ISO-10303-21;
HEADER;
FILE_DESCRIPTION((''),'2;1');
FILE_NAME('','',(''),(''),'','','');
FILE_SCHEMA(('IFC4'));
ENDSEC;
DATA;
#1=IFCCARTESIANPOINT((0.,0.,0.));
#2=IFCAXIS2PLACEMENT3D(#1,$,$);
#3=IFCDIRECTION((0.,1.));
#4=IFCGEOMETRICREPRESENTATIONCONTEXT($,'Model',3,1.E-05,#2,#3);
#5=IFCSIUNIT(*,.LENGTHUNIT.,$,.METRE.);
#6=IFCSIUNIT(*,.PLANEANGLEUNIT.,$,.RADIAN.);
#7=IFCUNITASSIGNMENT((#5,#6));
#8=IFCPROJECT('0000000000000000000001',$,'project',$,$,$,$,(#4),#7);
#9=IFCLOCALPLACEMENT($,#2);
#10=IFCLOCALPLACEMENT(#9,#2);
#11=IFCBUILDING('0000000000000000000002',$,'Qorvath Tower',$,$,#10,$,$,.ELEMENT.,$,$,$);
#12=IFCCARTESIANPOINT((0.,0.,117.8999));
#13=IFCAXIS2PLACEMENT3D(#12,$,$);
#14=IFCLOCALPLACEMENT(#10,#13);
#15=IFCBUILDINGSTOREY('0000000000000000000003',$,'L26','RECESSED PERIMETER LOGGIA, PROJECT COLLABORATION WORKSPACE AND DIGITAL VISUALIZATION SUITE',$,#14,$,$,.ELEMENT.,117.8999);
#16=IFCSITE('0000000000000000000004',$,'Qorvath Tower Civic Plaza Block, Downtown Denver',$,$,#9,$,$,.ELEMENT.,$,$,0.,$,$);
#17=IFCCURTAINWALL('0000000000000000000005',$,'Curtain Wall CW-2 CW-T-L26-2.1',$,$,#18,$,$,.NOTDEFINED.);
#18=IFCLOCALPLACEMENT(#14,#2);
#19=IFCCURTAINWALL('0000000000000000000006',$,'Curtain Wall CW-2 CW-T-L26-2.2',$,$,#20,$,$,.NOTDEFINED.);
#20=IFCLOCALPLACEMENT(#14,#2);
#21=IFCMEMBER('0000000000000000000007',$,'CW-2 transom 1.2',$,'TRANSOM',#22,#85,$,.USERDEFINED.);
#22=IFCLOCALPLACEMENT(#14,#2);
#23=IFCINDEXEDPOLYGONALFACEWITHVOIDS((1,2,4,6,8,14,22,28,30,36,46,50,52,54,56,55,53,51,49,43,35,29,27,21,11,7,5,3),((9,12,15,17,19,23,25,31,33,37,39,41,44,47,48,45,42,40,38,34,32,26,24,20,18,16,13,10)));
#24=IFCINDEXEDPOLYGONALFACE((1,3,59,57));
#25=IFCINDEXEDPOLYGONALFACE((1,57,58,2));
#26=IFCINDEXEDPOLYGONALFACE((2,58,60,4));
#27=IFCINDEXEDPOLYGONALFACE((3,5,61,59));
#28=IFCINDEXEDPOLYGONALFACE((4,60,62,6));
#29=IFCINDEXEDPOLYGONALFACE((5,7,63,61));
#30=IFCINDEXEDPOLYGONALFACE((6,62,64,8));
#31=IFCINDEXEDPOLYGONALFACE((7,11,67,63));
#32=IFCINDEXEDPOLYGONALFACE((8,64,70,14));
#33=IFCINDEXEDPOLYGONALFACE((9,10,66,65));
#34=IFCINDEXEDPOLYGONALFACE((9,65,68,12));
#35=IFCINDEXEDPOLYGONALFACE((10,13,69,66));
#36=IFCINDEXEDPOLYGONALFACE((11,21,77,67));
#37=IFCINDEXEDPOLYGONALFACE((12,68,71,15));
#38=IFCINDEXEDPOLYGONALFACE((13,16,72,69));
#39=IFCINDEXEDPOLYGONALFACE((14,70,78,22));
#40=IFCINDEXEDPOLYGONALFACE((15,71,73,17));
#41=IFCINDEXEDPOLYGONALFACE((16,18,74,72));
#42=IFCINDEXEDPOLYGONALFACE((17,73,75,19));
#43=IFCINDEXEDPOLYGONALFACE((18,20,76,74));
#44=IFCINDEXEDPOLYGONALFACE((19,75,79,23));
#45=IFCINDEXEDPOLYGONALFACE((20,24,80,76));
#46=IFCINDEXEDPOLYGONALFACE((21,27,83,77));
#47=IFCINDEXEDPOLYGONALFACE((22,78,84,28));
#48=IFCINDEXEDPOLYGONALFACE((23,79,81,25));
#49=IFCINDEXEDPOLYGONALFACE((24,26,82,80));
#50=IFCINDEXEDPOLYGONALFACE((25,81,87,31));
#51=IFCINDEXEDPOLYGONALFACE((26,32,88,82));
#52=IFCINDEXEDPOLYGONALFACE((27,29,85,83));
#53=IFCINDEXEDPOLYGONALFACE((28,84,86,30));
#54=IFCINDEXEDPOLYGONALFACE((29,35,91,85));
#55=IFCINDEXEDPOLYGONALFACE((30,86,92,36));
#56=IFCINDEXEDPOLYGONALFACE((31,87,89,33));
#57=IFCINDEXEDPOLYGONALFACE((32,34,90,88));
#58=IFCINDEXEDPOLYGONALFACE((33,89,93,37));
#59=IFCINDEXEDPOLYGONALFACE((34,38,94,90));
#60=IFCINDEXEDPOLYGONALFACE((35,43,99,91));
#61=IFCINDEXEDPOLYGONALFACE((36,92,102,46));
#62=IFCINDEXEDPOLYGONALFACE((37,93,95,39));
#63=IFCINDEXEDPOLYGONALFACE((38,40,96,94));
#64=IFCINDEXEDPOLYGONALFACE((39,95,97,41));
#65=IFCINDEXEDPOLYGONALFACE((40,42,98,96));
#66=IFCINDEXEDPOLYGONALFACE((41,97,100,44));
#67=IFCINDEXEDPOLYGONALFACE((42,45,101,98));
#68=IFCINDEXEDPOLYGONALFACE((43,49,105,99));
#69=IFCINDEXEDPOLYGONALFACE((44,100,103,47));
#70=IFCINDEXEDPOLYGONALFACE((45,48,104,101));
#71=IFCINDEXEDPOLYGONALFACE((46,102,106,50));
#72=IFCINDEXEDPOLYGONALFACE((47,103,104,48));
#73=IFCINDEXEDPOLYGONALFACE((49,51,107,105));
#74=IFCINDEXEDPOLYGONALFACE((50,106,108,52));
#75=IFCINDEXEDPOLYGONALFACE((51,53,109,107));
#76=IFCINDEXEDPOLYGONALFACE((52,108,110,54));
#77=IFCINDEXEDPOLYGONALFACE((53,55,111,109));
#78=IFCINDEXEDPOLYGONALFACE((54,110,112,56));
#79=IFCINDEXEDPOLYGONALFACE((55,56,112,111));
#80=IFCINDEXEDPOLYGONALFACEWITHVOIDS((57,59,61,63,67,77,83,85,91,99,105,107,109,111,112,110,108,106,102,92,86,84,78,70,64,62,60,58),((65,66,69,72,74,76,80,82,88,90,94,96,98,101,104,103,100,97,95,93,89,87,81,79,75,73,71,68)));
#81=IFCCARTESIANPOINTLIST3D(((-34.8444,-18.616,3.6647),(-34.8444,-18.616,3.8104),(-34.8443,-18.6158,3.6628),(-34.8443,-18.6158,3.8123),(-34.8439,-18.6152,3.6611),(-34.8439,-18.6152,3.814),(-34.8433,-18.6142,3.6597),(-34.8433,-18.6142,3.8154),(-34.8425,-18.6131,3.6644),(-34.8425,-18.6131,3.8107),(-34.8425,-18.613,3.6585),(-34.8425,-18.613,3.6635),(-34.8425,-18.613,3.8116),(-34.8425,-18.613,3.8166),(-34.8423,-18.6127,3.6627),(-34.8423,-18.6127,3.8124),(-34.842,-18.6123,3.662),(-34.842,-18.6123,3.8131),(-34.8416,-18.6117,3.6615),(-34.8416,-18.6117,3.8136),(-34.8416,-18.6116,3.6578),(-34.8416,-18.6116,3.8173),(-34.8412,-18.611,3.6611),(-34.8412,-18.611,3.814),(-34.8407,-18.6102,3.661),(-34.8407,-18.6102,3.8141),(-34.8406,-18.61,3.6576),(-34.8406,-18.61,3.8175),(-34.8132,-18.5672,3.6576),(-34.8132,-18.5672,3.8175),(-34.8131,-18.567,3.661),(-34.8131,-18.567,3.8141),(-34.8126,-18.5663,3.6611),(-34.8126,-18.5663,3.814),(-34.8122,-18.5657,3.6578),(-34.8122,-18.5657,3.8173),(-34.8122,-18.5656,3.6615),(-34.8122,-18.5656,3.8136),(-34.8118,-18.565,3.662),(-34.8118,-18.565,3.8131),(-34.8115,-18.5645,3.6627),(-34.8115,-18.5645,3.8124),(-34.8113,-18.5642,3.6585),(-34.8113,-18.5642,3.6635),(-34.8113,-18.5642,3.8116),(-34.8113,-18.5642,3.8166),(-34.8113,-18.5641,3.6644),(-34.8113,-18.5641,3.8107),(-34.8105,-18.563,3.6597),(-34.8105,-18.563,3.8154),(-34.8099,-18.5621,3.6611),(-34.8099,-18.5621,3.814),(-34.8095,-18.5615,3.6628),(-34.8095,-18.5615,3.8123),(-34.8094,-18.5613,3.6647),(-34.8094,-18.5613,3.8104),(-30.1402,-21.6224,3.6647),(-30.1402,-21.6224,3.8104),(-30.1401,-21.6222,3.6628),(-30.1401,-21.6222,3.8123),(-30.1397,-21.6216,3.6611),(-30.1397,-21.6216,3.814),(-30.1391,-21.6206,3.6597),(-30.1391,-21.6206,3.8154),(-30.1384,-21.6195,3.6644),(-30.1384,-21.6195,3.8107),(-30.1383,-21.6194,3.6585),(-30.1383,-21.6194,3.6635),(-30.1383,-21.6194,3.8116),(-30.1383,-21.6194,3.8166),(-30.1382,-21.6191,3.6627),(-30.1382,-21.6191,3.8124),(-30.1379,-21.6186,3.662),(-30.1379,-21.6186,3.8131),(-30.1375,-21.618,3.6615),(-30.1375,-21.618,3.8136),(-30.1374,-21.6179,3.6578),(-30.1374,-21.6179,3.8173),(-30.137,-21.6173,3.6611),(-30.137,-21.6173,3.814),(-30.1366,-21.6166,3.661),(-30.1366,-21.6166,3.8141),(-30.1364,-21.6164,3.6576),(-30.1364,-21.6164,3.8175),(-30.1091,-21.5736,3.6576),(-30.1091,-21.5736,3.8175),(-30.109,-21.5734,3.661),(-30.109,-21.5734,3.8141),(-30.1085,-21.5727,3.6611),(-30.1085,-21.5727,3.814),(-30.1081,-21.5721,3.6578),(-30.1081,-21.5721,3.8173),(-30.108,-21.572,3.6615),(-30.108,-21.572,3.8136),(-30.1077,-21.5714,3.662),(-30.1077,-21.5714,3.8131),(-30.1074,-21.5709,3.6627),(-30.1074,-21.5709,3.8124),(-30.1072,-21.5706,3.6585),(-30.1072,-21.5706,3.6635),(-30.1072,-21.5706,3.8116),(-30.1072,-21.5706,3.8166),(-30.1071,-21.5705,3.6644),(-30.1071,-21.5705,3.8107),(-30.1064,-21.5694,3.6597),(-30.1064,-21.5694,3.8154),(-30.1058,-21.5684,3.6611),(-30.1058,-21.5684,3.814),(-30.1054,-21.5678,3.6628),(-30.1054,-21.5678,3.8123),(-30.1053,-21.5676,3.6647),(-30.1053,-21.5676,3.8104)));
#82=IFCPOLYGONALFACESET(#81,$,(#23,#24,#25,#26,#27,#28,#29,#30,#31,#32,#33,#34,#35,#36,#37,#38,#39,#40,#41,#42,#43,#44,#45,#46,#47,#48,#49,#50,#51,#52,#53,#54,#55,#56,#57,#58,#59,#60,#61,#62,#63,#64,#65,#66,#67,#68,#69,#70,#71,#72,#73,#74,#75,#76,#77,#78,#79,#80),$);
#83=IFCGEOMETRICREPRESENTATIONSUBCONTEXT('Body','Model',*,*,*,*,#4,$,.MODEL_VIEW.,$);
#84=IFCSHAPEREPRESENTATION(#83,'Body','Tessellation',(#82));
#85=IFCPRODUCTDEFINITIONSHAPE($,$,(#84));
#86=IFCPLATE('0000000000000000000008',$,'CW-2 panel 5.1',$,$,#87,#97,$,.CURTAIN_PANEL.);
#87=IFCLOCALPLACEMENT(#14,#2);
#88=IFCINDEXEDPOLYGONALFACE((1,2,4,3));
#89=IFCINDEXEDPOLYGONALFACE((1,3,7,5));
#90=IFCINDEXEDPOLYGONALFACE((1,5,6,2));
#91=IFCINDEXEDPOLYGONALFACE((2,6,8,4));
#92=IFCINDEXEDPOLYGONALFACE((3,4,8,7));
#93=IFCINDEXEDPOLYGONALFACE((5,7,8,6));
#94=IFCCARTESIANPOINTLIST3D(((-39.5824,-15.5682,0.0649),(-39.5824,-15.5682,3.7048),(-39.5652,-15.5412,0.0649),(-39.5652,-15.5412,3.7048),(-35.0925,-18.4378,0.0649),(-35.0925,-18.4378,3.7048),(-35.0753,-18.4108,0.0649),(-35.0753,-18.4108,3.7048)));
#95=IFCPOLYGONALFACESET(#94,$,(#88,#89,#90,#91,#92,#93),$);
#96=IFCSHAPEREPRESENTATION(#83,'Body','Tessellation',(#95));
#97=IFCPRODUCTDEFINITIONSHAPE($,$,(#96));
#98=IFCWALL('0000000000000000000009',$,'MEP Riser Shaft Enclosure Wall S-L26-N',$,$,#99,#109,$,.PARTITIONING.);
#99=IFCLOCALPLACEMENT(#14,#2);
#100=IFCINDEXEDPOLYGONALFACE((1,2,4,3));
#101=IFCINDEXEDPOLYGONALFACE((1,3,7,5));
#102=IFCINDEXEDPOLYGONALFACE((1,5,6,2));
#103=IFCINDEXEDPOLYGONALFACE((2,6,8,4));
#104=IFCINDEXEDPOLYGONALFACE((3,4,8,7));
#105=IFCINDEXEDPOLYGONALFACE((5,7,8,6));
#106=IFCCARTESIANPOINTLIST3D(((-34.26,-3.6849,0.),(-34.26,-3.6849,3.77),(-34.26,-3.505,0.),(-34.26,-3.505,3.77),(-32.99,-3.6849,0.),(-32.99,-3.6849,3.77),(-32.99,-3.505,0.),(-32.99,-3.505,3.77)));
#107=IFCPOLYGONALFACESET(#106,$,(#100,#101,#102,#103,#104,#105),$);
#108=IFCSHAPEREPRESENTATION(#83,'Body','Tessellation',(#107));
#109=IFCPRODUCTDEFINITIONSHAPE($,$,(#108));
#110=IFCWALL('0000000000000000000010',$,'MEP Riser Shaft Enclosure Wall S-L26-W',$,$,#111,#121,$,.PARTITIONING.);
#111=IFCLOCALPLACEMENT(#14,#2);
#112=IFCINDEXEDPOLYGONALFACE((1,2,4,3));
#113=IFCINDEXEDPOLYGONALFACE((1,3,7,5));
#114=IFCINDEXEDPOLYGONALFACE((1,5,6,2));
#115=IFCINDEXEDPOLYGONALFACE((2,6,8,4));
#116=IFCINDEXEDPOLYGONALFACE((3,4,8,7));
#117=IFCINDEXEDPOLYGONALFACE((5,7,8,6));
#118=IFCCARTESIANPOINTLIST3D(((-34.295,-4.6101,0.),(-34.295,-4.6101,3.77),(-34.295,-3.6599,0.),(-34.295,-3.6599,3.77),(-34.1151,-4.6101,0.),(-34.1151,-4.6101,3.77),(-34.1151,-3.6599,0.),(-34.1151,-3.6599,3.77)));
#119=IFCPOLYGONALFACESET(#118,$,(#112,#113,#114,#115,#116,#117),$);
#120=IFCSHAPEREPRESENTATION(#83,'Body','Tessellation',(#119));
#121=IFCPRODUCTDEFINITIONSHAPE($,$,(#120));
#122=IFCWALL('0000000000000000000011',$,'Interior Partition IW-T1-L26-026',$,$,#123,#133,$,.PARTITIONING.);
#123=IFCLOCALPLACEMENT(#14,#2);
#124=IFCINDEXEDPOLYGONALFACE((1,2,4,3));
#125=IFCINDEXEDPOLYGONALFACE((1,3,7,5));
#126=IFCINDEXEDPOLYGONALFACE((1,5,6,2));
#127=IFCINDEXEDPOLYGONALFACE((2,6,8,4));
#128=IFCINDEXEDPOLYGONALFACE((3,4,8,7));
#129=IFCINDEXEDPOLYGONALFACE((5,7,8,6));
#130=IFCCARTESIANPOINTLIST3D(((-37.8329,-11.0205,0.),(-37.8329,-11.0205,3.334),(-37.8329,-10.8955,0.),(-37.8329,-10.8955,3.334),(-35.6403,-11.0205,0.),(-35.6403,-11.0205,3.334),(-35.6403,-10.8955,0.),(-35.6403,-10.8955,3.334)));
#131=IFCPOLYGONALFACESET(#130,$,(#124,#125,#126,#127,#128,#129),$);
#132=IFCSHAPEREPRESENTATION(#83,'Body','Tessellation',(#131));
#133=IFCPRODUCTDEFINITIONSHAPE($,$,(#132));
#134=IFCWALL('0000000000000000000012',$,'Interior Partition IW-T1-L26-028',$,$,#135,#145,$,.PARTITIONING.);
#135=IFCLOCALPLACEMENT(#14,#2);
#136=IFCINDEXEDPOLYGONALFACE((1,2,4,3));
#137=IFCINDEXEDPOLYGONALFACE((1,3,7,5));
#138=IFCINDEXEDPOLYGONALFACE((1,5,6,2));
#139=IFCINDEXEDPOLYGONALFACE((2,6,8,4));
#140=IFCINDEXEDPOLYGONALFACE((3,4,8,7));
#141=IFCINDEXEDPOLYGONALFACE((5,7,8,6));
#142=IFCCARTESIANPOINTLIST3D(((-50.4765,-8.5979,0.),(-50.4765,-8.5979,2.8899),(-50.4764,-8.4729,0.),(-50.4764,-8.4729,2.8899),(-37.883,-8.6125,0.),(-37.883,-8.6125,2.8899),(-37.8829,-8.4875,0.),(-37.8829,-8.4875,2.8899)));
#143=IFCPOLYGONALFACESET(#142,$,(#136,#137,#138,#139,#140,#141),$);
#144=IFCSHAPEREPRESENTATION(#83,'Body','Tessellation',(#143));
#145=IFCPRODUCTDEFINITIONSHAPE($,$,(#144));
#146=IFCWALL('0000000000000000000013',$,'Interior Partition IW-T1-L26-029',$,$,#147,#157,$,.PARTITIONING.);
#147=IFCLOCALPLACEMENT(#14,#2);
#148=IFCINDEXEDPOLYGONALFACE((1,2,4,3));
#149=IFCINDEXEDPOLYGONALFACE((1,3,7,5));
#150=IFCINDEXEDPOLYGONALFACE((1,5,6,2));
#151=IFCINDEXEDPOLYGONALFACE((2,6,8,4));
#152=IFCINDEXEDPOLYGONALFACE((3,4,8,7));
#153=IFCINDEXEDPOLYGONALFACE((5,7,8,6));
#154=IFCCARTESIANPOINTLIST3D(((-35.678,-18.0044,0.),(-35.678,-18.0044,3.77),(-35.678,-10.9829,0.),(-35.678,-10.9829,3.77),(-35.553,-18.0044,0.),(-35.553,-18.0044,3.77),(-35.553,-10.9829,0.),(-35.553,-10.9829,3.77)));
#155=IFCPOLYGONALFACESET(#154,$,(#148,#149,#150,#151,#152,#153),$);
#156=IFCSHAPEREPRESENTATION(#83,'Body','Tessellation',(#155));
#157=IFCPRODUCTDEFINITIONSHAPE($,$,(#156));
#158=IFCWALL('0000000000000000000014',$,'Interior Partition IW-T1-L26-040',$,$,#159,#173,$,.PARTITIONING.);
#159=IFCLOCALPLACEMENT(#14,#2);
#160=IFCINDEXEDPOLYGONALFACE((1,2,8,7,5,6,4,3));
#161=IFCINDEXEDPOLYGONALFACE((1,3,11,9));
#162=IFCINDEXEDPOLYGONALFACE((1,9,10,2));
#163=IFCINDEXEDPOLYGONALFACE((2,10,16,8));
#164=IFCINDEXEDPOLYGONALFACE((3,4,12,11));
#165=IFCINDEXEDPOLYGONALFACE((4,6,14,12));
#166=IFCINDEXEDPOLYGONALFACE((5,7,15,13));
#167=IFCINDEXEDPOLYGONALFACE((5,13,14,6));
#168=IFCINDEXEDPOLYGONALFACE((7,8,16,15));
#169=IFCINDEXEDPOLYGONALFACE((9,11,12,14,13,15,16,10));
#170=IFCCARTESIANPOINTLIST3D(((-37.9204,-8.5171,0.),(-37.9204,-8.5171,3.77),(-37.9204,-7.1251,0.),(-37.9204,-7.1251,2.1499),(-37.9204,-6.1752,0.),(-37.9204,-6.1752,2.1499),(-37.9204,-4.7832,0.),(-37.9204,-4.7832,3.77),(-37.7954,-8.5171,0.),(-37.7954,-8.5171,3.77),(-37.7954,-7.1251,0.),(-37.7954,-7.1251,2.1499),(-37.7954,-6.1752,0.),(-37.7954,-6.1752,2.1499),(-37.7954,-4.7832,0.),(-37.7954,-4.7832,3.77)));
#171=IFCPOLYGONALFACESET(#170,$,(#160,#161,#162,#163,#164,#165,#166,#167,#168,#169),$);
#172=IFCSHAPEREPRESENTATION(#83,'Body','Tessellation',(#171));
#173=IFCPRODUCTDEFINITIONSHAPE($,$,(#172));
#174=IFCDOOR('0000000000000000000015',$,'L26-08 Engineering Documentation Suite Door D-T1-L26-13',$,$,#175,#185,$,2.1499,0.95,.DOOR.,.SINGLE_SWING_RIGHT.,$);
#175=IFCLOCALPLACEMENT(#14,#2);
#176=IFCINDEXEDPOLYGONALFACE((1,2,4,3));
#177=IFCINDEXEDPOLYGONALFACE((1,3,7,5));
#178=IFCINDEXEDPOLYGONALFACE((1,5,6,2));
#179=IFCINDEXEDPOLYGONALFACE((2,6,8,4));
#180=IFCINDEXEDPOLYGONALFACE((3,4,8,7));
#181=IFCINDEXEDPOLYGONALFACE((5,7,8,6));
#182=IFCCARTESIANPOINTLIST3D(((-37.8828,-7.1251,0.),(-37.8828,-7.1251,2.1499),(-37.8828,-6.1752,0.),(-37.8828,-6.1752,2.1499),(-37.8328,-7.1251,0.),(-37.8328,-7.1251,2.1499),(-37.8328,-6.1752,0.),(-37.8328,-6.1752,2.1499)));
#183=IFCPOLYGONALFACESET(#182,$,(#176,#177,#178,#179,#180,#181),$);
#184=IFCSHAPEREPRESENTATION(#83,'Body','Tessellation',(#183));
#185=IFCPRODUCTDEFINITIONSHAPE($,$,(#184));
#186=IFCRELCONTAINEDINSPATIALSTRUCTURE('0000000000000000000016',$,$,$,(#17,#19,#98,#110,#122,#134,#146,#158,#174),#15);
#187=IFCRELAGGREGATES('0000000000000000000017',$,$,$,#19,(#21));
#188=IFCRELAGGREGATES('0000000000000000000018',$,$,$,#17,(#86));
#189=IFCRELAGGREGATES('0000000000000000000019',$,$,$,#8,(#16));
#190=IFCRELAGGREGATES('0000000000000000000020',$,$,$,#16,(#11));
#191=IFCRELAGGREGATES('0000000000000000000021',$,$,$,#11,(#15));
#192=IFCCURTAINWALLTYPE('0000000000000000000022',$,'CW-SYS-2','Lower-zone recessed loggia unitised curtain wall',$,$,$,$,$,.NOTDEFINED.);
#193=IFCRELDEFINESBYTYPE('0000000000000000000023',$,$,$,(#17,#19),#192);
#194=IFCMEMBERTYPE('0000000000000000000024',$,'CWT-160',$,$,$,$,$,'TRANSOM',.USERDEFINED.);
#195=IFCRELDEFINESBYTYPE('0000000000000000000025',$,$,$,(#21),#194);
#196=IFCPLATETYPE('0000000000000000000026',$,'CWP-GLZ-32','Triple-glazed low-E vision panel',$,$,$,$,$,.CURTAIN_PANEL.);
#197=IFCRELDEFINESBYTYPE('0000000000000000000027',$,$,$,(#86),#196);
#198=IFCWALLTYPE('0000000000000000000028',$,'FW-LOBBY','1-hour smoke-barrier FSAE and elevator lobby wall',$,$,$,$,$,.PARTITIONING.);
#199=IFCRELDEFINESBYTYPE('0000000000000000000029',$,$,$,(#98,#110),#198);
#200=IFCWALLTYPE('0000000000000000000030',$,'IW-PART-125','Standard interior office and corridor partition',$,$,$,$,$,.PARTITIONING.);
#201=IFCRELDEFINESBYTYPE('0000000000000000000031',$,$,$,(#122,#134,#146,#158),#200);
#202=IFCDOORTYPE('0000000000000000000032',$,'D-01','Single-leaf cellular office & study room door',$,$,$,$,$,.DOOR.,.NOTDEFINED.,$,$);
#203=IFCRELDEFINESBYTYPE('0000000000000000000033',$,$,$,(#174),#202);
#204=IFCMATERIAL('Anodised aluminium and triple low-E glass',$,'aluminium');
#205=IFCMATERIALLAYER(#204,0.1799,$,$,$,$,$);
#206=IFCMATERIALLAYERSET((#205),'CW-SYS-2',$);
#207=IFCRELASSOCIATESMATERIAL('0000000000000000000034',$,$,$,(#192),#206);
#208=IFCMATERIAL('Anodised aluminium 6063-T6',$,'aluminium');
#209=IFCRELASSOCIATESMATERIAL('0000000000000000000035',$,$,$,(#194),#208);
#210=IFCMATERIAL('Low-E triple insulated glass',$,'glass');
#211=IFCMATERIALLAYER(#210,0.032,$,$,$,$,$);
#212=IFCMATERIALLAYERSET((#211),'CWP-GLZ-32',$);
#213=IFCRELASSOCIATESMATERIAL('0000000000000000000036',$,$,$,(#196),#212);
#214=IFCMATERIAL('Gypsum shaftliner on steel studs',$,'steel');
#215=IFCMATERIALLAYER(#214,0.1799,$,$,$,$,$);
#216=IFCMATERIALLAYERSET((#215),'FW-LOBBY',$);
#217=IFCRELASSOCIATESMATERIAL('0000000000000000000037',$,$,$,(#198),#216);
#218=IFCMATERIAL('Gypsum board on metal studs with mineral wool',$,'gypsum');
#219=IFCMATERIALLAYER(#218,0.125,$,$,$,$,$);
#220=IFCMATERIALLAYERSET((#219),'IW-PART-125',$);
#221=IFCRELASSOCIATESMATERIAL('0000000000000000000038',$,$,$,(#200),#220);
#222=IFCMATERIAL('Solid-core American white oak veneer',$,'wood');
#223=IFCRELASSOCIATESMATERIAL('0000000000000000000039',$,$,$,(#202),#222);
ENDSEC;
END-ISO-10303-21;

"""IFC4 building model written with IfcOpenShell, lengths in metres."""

from ifc_helpers import new_model, si_unit, direction, frame, frame_2d, origin, origin_2d, place, context, subcontext, project, spatial, rectangle, hollow_rectangle, extrude, material, layer, layer_set, material_profile, profile_set, type_object, element, fill, aggregate, save


model = new_model("IFC4")

# Units and contexts
model_context = context("Model", 3, precision=1e-05, world=origin(), true_north=direction((0.0, 1.0)))
body_context = subcontext(model_context, "Body", "Model", "MODEL_VIEW")
ifc_project = project(units=[si_unit("LENGTHUNIT", "METRE"), si_unit("PLANEANGLEUNIT", "RADIAN")], contexts=[model_context])

# Site, building, storey
site_placement = place(None, origin())
site = spatial("IfcSite", under=ifc_project, at=site_placement, Name="Qorvath Tower Civic Plaza Block, Downtown Denver", CompositionType="ELEMENT", RefElevation=0.0)
building_placement = place(site_placement, origin())
building = spatial("IfcBuilding", under=site, at=building_placement, Name="Qorvath Tower", CompositionType="ELEMENT")
storey_placement = place(building_placement, frame((0.0, 0.0, 117.8999)))
storey = spatial("IfcBuildingStorey", under=building, at=storey_placement, Name="L26", Description="RECESSED PERIMETER LOGGIA, PROJECT COLLABORATION WORKSPACE AND DIGITAL VISUALIZATION SUITE", CompositionType="ELEMENT", Elevation=117.8999)

# Curtain wall
ifc_material_1 = material(Name="Anodised aluminium and triple low-E glass", Category="aluminium")
ifc_layer_1 = layer(ifc_material_1, 0.1799)
ifc_layer_set_1 = layer_set([ifc_layer_1], Name="CW-SYS-2")
curtain_wall_type = type_object("IfcCurtainWallType", Name="CW-SYS-2", Description="Lower-zone recessed loggia unitised curtain wall", PredefinedType="NOTDEFINED", material=ifc_layer_set_1)
curtain_wall_1_placement = place(storey_placement, origin())
curtain_wall_1 = element("IfcCurtainWall", 1, at=curtain_wall_1_placement, inside=storey, type_object=curtain_wall_type, Name="Curtain Wall CW-2 CW-T-L26-2.1", PredefinedType="NOTDEFINED")

# Curtain wall
curtain_wall_2_placement = place(storey_placement, origin())
curtain_wall_2 = element("IfcCurtainWall", 2, at=curtain_wall_2_placement, inside=storey, type_object=curtain_wall_type, Name="Curtain Wall CW-2 CW-T-L26-2.2", PredefinedType="NOTDEFINED")

# Member
ifc_material_2 = material(Name="Anodised aluminium 6063-T6", Category="aluminium")
ifc_material_profile_1 = material_profile(ifc_material_2, hollow_rectangle(XDim=0.0649, YDim=0.1599, WallThickness=0.0034, InnerFilletRadius=0.0034, OuterFilletRadius=0.0071, at=origin_2d()), Name="CWT 160x65")
ifc_profile_set_1 = profile_set([ifc_material_profile_1], Name="Anodised aluminium 6063-T6")
member_type_1 = type_object("IfcMemberType", Name="CWT-160", ElementType="TRANSOM", PredefinedType="USERDEFINED", material=ifc_profile_set_1)
member_1_placement = place(storey_placement, frame((-34.8269, -18.5886, 3.7375), z_axis=(0.842619, -0.53851, 0.0), x_axis=(0.53851, 0.842619, 0.0)))
member_1 = element("IfcMember", 3, at=member_1_placement, type_object=member_type_1, Name="CW-2 transom 1.2", ObjectType="TRANSOM", PredefinedType="USERDEFINED", context=body_context, shape_type="SweptSolid", body=[
    extrude(hollow_rectangle(XDim=0.0649, YDim=0.1599, WallThickness=0.0034, InnerFilletRadius=0.0034, OuterFilletRadius=0.0071, at=origin_2d()), origin(), (0.0, 0.0, 1.0), 5.5828),
])
aggregate(curtain_wall_2, [member_1])

# Plate
ifc_material_3 = material(Name="Low-E triple insulated glass", Category="glass")
ifc_layer_2 = layer(ifc_material_3, 0.032)
ifc_layer_set_2 = layer_set([ifc_layer_2], Name="CWP-GLZ-32")
plate_type = type_object("IfcPlateType", Name="CWP-GLZ-32", Description="Triple-glazed low-E vision panel", PredefinedType="CURTAIN_PANEL", material=ifc_layer_set_2)
plate_placement = place(storey_placement, frame((-37.3289, -16.9895, 0.0649), z_axis=(0.0, 0.0, 1.0), x_axis=(0.842604, -0.538534, 0.0)))
plate = element("IfcPlate", 4, at=plate_placement, type_object=plate_type, Name="CW-2 panel 5.1", PredefinedType="CURTAIN_PANEL", context=body_context, shape_type="SweptSolid", body=[
    extrude(rectangle(XDim=5.3286, YDim=0.032, at=origin_2d()), origin(), (0.0, 0.0, 1.0), 3.6399),
])
aggregate(curtain_wall_1, [plate])

# Walls
ifc_material_4 = material(Name="Gypsum shaftliner on steel studs", Category="steel")
ifc_layer_3 = layer(ifc_material_4, 0.1799)
ifc_layer_set_3 = layer_set([ifc_layer_3], Name="FW-LOBBY")
wall_type_1 = type_object("IfcWallType", Name="FW-LOBBY", Description="1-hour smoke-barrier FSAE and elevator lobby wall", PredefinedType="PARTITIONING", material=ifc_layer_set_3)
wall_1_placement = place(storey_placement, frame((-34.26, -3.595, 0.0), z_axis=(0.0, 0.0, 1.0), x_axis=(1.0, 0.0, 0.0)))
element("IfcWall", 5, at=wall_1_placement, inside=storey, type_object=wall_type_1, Name="MEP Riser Shaft Enclosure Wall S-L26-N", PredefinedType="PARTITIONING", context=body_context, shape_type="SweptSolid", body=[
    extrude(rectangle(XDim=1.27, YDim=0.1799, at=frame_2d((0.635, 0.0))), origin(), (0.0, 0.0, 1.0), 3.77),
])
wall_2_placement = place(storey_placement, frame((-34.2051, -4.6101, 0.0), z_axis=(0.0, 0.0, 1.0), x_axis=(0.0, 1.0, 0.0)))
element("IfcWall", 6, at=wall_2_placement, inside=storey, type_object=wall_type_1, Name="MEP Riser Shaft Enclosure Wall S-L26-W", PredefinedType="PARTITIONING", context=body_context, shape_type="SweptSolid", body=[
    extrude(rectangle(XDim=0.9502, YDim=0.1799, at=frame_2d((0.4751, 0.0))), origin(), (0.0, 0.0, 1.0), 3.77),
])
ifc_material_5 = material(Name="Gypsum board on metal studs with mineral wool", Category="gypsum")
ifc_layer_4 = layer(ifc_material_5, 0.125)
ifc_layer_set_4 = layer_set([ifc_layer_4], Name="IW-PART-125")
wall_type_2 = type_object("IfcWallType", Name="IW-PART-125", Description="Standard interior office and corridor partition", PredefinedType="PARTITIONING", material=ifc_layer_set_4)
wall_3_placement = place(storey_placement, frame((-35.6404, -10.958, 0.0), z_axis=(0.0, 0.0, 1.0), x_axis=(-1.0, 0.0, 0.0)))
element("IfcWall", 7, at=wall_3_placement, inside=storey, type_object=wall_type_2, Name="Interior Partition IW-T1-L26-026", PredefinedType="PARTITIONING", context=body_context, shape_type="SweptSolid", body=[
    extrude(rectangle(XDim=2.1926, YDim=0.125, at=frame_2d((1.0962, 0.0))), origin(), (0.0, 0.0, 1.0), 3.334),
])

# Shared definitions
ifc_material_6 = material(Name="Solid-core American white oak veneer", Category="wood")
door_type_1 = type_object("IfcDoorType", Name="D-01", Description="Single-leaf cellular office & study room door", OperationType="NOTDEFINED", PredefinedType="DOOR", material=ifc_material_6)

# Walls
wall_4_placement = place(storey_placement, frame((-37.8828, -8.55, 0.0), z_axis=(0.0, 0.0, 1.0), x_axis=(-0.999999, 0.001163, 0.0)))
element("IfcWall", 8, at=wall_4_placement, inside=storey, type_object=wall_type_2, Name="Interior Partition IW-T1-L26-028", PredefinedType="PARTITIONING", context=body_context, shape_type="SweptSolid", body=[
    extrude(rectangle(XDim=12.5935, YDim=0.125, at=frame_2d((6.2969, 0.0))), origin(), (0.0, 0.0, 1.0), 2.8899),
])
wall_5_placement = place(storey_placement, frame((-35.6155, -18.0044, 0.0), z_axis=(0.0, 0.0, 1.0), x_axis=(0.0, 1.0, 0.0)))
element("IfcWall", 9, at=wall_5_placement, inside=storey, type_object=wall_type_2, Name="Interior Partition IW-T1-L26-029", PredefinedType="PARTITIONING", context=body_context, shape_type="SweptSolid", body=[
    extrude(rectangle(XDim=7.0215, YDim=0.125, at=frame_2d((3.5107, 0.0))), origin(), (0.0, 0.0, 1.0), 3.77),
])

# Wall, opening, door
wall_6_placement = place(storey_placement, frame((-37.8579, -8.5171, 0.0), z_axis=(0.0, 0.0, 1.0), x_axis=(0.0, 1.0, 0.0)))
wall_6 = element("IfcWall", 10, at=wall_6_placement, inside=storey, type_object=wall_type_2, Name="Interior Partition IW-T1-L26-040", PredefinedType="PARTITIONING", context=body_context, shape_type="SweptSolid", body=[
    extrude(rectangle(XDim=3.7339, YDim=0.125, at=frame_2d((1.8669, 0.0))), origin(), (0.0, 0.0, 1.0), 3.77),
])
opening_1_placement = place(wall_6_placement, frame((1.3918, 0.0, 0.0)))
opening_1 = element("IfcOpeningElement", 11, at=opening_1_placement, cuts=wall_6, PredefinedType="OPENING", context=body_context, shape_type="SweptSolid", body=[
    extrude(rectangle(XDim=0.95, YDim=2.1499, at=frame_2d((0.4751, 1.075))), frame((0.0, 0.0725, 0.0), z_axis=(0.0, -1.0, 0.0), x_axis=(1.0, 0.0, 0.0)), (0.0, 0.0, 1.0), 0.145),
])
door_1_placement = place(opening_1_placement, origin())
door_1 = element("IfcDoor", 12, at=door_1_placement, inside=storey, type_object=door_type_1, Name="L26-08 Engineering Documentation Suite Door D-T1-L26-13", OperationType="SINGLE_SWING_RIGHT", OverallHeight=2.1499, OverallWidth=0.95, PredefinedType="DOOR", context=body_context, shape_type="SweptSolid", body=[
    extrude(rectangle(XDim=0.95, YDim=2.1499, at=frame_2d((0.4751, 1.075))), frame((0.0, 0.0249, 0.0), z_axis=(0.0, -1.0, 0.0), x_axis=(1.0, 0.0, 0.0)), (0.0, 0.0, 1.0), 0.05),
])
fill(opening_1, door_1)

save(model, "model.ifc")
